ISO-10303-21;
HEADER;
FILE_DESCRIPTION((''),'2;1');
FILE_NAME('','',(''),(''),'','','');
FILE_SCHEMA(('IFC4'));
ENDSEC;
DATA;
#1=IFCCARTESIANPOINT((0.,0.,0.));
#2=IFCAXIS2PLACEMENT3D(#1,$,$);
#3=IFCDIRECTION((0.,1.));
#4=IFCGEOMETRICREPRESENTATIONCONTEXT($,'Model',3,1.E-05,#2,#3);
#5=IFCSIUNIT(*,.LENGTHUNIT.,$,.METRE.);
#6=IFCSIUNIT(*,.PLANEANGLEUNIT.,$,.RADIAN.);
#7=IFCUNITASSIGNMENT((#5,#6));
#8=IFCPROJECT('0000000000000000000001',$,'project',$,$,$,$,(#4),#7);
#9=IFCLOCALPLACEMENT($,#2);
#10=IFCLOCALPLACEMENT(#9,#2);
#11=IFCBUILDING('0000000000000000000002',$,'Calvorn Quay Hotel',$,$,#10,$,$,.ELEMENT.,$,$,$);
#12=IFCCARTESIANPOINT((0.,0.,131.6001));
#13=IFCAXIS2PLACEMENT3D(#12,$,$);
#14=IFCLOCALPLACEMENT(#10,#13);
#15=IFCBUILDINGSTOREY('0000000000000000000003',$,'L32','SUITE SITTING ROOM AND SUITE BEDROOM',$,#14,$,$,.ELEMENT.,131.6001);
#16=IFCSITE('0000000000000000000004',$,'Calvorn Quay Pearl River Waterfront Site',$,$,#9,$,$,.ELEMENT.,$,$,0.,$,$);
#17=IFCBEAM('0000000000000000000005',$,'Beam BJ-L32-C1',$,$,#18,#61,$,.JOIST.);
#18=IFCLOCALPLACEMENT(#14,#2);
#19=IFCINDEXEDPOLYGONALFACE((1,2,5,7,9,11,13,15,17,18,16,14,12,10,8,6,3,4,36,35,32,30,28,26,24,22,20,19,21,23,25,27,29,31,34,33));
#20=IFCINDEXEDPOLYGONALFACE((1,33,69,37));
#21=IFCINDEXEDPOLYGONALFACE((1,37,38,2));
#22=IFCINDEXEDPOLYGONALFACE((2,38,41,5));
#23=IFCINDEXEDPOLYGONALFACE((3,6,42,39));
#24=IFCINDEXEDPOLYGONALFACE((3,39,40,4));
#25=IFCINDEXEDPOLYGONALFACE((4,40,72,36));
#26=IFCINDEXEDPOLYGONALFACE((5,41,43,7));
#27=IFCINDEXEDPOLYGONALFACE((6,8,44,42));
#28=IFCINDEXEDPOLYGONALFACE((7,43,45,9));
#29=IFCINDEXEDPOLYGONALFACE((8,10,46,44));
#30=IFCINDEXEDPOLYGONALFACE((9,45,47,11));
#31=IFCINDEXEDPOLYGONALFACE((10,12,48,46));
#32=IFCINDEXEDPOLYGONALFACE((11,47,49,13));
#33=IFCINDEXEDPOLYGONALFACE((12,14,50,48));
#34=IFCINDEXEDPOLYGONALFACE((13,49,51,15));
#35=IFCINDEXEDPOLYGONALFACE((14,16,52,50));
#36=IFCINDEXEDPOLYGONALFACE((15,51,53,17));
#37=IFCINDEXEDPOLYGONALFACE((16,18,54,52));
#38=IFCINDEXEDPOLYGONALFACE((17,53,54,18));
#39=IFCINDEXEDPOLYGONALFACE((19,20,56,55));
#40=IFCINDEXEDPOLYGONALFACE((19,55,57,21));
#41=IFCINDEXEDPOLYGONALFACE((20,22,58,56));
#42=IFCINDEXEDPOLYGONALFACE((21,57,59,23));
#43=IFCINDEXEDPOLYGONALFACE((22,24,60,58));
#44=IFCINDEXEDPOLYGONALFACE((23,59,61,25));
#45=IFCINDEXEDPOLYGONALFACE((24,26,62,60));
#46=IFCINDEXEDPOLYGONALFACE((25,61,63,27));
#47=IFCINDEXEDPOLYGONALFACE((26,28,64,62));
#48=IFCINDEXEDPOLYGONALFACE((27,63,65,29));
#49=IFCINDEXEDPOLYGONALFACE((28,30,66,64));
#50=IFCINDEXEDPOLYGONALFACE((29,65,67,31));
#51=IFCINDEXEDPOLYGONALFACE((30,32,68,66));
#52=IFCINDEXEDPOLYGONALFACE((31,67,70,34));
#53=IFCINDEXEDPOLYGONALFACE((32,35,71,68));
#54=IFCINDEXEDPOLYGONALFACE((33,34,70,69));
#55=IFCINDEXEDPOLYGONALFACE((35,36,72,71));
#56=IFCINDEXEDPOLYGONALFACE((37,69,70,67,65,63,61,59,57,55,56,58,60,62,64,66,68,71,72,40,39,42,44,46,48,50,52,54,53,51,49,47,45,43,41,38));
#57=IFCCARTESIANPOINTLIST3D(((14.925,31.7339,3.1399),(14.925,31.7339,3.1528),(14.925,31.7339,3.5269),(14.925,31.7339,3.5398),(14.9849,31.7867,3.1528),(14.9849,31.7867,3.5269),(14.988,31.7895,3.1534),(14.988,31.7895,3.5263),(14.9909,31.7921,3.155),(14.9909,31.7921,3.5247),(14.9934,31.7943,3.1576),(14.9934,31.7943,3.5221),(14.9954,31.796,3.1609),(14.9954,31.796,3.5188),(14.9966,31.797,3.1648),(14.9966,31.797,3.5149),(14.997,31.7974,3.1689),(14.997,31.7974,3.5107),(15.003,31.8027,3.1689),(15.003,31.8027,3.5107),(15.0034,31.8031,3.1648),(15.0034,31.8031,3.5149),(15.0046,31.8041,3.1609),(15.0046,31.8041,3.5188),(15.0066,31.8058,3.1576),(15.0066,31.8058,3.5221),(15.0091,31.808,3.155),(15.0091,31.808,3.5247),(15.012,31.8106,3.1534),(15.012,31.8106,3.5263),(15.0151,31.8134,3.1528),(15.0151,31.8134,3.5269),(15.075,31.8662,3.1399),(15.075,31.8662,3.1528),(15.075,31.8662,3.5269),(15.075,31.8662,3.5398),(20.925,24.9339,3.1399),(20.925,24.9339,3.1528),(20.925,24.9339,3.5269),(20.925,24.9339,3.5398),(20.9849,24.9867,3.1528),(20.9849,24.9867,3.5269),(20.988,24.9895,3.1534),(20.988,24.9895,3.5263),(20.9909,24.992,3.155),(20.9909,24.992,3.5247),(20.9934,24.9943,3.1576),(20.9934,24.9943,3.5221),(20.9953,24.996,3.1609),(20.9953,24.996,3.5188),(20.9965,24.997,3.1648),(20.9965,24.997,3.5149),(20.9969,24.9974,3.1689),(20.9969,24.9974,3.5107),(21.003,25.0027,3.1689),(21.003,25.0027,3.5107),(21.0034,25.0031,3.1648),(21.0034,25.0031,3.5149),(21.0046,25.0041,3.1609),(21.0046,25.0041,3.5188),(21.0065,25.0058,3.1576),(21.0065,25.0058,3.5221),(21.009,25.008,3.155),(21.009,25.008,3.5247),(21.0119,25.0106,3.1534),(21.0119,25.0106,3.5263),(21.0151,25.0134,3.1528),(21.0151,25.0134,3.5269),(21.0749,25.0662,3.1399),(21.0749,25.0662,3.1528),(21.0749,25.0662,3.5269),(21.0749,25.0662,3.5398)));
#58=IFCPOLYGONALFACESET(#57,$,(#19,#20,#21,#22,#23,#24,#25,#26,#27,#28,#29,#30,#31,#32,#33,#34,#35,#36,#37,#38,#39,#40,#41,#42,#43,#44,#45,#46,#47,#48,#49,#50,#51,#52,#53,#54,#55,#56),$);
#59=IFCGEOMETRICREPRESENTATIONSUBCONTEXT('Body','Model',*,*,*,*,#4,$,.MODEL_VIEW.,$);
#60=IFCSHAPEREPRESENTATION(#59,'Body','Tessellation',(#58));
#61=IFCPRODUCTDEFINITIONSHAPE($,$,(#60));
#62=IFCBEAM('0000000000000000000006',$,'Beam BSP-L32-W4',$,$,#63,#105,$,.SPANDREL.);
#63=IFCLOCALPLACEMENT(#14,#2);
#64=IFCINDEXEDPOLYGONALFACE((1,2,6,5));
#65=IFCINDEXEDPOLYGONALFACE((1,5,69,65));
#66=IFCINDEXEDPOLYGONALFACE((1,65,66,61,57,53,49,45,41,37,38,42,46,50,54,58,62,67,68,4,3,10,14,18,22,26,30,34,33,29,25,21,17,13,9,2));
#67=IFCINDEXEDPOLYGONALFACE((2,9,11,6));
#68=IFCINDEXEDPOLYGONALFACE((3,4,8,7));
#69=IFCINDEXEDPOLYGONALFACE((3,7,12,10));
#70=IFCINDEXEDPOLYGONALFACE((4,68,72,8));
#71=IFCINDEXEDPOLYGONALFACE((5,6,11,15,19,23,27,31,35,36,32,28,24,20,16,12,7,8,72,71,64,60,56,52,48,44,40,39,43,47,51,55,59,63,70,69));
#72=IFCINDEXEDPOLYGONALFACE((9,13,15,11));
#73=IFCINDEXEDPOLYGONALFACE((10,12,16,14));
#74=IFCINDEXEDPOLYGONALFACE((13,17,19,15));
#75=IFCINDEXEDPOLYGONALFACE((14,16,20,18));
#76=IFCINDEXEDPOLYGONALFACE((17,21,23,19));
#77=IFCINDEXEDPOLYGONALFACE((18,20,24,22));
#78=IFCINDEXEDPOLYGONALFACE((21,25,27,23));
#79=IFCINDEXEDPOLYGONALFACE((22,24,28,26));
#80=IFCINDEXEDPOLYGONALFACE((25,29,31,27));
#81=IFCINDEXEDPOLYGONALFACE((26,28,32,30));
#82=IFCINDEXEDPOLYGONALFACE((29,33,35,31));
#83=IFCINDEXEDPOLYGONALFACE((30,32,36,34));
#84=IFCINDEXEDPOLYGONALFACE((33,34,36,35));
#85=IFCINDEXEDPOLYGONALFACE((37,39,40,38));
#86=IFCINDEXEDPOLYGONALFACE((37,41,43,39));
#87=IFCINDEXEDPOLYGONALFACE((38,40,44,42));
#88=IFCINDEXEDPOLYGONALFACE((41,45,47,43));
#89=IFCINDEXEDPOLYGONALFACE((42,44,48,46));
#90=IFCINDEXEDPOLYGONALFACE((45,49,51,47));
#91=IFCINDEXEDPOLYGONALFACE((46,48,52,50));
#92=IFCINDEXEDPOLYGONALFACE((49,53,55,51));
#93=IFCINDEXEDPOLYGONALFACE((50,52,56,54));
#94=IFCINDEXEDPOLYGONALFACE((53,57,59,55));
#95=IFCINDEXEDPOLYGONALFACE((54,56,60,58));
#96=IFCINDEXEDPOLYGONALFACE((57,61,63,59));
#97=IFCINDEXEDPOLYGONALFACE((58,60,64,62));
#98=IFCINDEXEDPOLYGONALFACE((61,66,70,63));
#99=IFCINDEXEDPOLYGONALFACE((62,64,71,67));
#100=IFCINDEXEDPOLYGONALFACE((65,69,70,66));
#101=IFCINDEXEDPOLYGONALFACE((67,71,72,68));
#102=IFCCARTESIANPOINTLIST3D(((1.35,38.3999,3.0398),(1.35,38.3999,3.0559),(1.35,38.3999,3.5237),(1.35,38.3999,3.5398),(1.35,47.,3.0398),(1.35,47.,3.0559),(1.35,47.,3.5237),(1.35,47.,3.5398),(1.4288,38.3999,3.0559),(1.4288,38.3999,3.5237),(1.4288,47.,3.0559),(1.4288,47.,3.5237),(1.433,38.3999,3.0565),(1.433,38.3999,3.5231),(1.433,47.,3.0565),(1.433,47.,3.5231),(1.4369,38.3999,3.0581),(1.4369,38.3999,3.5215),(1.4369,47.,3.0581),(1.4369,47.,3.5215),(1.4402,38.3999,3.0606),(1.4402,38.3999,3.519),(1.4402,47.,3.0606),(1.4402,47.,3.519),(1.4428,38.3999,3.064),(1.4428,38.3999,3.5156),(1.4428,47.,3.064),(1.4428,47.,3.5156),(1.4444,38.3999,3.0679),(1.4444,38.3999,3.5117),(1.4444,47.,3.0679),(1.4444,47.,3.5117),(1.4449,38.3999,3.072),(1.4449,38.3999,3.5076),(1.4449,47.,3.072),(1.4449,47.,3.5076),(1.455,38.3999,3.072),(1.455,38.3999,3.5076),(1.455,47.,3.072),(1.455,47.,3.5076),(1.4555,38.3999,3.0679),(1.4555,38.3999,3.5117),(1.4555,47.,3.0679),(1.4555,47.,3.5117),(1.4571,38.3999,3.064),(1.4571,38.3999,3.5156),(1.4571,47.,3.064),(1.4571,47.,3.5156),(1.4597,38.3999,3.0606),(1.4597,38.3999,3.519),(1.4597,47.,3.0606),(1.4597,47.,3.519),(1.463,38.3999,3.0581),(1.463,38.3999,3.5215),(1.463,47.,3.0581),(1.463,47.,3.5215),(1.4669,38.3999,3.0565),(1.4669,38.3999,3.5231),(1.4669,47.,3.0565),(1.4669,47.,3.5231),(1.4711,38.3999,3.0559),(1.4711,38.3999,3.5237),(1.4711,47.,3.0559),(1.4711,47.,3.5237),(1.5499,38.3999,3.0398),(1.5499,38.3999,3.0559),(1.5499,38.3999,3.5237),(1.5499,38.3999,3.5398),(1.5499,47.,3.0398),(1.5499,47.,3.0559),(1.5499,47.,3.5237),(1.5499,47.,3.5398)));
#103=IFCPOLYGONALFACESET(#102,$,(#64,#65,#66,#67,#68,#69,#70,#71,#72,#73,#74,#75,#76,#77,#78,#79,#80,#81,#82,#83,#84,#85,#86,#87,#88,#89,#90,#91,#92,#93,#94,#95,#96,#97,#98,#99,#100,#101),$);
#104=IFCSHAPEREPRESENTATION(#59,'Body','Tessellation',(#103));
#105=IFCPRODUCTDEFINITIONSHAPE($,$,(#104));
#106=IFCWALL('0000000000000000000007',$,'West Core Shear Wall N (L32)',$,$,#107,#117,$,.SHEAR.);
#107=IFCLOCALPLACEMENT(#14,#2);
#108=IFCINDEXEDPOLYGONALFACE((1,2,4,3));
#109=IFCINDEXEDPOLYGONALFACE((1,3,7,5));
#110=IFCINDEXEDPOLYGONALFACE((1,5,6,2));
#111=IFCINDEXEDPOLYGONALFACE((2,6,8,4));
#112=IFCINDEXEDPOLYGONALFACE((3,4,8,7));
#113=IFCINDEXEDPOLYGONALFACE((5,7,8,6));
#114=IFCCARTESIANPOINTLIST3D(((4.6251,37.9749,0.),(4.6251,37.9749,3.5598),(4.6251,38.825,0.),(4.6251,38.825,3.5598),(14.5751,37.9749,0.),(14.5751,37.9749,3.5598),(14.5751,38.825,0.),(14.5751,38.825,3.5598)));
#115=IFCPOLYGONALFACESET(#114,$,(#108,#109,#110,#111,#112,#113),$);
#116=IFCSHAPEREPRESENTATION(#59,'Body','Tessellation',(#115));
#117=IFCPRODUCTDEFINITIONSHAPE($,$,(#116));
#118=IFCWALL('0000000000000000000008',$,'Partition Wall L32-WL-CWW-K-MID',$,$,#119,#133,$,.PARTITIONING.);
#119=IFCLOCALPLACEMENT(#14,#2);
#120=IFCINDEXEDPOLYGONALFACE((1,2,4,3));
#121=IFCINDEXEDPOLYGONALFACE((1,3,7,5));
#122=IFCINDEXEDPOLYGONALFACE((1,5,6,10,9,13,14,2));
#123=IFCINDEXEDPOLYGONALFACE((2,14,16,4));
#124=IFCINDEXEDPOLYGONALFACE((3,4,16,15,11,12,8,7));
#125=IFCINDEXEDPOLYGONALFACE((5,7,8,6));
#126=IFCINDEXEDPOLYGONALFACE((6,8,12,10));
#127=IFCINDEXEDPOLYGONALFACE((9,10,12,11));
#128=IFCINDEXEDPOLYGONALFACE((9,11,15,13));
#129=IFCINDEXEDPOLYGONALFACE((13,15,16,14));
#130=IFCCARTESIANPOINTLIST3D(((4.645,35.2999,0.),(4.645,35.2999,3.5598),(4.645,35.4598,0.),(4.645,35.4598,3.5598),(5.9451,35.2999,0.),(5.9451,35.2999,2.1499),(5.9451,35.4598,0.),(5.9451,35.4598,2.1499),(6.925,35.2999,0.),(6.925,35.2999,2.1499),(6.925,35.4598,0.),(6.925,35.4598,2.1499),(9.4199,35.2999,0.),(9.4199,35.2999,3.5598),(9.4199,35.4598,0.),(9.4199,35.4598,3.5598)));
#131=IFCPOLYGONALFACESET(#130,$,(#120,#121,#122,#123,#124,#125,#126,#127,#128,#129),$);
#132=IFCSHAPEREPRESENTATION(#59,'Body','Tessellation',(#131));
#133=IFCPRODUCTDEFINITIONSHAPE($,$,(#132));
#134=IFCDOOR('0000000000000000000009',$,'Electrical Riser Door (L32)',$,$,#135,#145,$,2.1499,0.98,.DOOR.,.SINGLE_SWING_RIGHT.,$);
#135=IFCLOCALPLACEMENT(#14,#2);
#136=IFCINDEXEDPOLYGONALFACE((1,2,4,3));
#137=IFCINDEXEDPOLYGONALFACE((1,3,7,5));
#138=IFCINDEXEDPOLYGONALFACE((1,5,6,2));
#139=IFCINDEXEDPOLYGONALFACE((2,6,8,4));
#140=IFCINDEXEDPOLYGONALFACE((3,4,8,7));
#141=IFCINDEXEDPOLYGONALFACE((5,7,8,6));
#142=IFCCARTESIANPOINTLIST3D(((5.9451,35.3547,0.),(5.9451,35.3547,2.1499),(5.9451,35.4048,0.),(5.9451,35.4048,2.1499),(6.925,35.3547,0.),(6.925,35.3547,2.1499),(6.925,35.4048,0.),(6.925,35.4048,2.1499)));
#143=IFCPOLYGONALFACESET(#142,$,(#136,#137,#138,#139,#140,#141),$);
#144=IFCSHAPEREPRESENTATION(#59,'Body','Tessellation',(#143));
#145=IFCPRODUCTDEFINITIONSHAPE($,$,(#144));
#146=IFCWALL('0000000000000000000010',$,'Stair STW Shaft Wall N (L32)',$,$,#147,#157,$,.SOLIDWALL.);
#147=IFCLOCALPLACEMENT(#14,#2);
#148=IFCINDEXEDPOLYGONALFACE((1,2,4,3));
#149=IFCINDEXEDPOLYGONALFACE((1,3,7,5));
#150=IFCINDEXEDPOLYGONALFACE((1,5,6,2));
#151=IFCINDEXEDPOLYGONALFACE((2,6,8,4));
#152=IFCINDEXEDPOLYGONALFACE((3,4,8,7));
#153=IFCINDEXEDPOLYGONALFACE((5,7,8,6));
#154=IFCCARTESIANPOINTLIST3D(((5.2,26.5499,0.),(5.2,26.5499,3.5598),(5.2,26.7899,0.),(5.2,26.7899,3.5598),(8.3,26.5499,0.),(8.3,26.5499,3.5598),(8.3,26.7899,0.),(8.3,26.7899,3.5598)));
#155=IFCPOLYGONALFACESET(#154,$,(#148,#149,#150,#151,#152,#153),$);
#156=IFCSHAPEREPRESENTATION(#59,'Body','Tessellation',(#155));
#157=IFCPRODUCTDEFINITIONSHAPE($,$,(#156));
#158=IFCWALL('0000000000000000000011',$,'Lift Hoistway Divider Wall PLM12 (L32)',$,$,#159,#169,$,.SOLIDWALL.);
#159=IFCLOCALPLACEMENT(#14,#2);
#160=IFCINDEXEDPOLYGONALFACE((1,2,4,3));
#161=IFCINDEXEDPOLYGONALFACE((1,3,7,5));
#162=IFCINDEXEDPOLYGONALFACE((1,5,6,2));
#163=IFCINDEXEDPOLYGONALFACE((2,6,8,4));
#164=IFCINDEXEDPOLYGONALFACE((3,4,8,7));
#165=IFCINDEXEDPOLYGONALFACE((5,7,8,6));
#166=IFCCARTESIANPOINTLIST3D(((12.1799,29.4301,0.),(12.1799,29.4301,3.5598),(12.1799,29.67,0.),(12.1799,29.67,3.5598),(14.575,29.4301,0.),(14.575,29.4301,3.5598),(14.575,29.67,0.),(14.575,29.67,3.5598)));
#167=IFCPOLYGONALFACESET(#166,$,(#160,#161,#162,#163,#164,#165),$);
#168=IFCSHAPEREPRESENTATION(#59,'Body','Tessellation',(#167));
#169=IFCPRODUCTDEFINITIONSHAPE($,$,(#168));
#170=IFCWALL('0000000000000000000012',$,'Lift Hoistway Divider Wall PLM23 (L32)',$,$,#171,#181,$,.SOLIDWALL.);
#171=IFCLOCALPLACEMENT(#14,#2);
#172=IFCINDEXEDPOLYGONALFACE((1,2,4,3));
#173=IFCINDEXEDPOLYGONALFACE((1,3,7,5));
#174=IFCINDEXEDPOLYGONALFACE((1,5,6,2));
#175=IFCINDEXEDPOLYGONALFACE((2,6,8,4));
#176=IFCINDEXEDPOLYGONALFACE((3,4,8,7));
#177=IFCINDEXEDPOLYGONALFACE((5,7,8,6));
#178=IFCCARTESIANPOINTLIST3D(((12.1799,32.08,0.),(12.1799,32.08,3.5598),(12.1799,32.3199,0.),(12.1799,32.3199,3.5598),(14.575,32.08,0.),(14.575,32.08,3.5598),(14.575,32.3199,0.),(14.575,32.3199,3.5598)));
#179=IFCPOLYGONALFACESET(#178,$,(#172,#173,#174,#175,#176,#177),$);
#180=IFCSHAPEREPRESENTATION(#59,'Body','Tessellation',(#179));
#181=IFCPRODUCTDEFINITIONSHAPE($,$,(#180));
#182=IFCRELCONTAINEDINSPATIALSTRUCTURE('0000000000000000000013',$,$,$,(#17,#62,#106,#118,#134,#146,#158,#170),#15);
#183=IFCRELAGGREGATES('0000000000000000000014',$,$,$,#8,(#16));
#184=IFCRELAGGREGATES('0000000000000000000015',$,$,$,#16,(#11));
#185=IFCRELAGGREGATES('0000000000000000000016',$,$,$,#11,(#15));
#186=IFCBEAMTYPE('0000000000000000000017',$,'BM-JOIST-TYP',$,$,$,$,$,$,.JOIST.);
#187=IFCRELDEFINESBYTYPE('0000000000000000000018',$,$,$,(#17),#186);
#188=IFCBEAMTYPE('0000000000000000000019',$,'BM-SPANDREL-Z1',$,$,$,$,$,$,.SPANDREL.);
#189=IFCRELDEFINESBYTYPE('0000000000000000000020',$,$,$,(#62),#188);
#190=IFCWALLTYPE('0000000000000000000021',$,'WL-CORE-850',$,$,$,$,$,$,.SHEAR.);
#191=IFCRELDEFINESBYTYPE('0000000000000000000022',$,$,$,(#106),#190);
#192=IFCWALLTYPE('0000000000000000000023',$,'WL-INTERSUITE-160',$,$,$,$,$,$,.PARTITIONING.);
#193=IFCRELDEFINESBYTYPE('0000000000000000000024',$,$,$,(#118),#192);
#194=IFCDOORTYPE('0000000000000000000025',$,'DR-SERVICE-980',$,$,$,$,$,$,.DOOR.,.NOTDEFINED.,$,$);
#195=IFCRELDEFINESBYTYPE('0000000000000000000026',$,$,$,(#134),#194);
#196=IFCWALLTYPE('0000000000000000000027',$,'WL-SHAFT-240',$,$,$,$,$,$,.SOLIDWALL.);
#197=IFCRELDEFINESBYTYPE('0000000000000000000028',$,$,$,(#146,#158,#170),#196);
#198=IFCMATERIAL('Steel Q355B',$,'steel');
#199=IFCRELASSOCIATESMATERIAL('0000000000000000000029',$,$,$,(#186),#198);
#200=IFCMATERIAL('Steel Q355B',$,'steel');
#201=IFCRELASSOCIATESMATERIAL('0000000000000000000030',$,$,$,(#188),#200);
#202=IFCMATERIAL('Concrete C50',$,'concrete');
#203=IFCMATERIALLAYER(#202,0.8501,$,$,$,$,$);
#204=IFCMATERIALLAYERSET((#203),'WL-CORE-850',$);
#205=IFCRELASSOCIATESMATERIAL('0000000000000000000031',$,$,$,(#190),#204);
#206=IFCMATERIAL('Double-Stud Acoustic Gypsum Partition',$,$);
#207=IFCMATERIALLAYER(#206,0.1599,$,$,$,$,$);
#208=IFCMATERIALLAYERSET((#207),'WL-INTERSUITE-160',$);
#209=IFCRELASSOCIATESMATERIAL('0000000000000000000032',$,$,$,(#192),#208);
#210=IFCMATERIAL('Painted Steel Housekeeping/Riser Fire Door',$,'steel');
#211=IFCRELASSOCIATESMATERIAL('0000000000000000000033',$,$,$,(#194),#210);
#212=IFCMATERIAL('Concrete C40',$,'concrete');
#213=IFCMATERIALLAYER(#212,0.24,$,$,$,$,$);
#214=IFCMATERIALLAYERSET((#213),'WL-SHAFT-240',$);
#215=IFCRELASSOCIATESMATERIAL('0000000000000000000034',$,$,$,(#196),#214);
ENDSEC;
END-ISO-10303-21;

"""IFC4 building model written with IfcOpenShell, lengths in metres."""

from ifc_helpers import new_model, si_unit, direction, frame, frame_2d, origin, origin_2d, place, context, subcontext, project, spatial, rectangle, i_section, extrude, material, layer, layer_set, material_profile, profile_set, type_object, element, fill, save


model = new_model("IFC4")

# Units and contexts
model_context = context("Model", 3, precision=1e-05, world=origin(), true_north=direction((0.0, 1.0)))
body_context = subcontext(model_context, "Body", "Model", "MODEL_VIEW")
ifc_project = project(units=[si_unit("LENGTHUNIT", "METRE"), si_unit("PLANEANGLEUNIT", "RADIAN")], contexts=[model_context])

# Site, building, storey
site_placement = place(None, origin())
site = spatial("IfcSite", under=ifc_project, at=site_placement, Name="Calvorn Quay Pearl River Waterfront Site", CompositionType="ELEMENT", RefElevation=0.0)
building_placement = place(site_placement, origin())
building = spatial("IfcBuilding", under=site, at=building_placement, Name="Calvorn Quay Hotel", CompositionType="ELEMENT")
storey_placement = place(building_placement, frame((0.0, 0.0, 131.6001)))
storey = spatial("IfcBuildingStorey", under=building, at=storey_placement, Name="L32", Description="SUITE SITTING ROOM AND SUITE BEDROOM", CompositionType="ELEMENT", Elevation=131.6001)

# Beams
ifc_material_1 = material(Name="Steel Q355B", Category="steel")
ifc_material_profile_1 = material_profile(ifc_material_1, i_section(OverallWidth=0.2, OverallDepth=0.3999, WebThickness=0.0081, FlangeThickness=0.0129, FilletRadius=0.0161, at=origin_2d()), Name="HN400x200x8x13")
ifc_profile_set_1 = profile_set([ifc_material_profile_1], Name="Steel Q355B")
beam_type_1 = type_object("IfcBeamType", Name="BM-JOIST-TYP", PredefinedType="JOIST", material=ifc_profile_set_1)
beam_1_placement = place(storey_placement, frame((15.0, 31.8, 3.3398), z_axis=(0.661619, -0.74984, 0.0), x_axis=(0.74984, 0.661619, 0.0)))
element("IfcBeam", 1, at=beam_1_placement, inside=storey, type_object=beam_type_1, Name="Beam BJ-L32-C1", PredefinedType="JOIST", context=body_context, shape_type="SweptSolid", body=[
    extrude(i_section(OverallWidth=0.2, OverallDepth=0.3999, WebThickness=0.0081, FlangeThickness=0.0129, FilletRadius=0.0161, at=origin_2d()), origin(), (0.0, 0.0, 1.0), 9.0686),
])
ifc_material_2 = material(Name="Steel Q355B", Category="steel")
ifc_material_profile_2 = material_profile(ifc_material_2, i_section(OverallWidth=0.2, OverallDepth=0.5, WebThickness=0.01, FlangeThickness=0.0161, FilletRadius=0.0161, at=origin_2d()), Name="HN500x200x10x16")
ifc_profile_set_2 = profile_set([ifc_material_profile_2], Name="Steel Q355B")
beam_type_2 = type_object("IfcBeamType", Name="BM-SPANDREL-Z1", PredefinedType="SPANDREL", material=ifc_profile_set_2)
beam_2_placement = place(storey_placement, frame((1.45, 38.3999, 3.2898), z_axis=(0.0, 1.0, 0.0), x_axis=(-1.0, 0.0, 0.0)))
element("IfcBeam", 2, at=beam_2_placement, inside=storey, type_object=beam_type_2, Name="Beam BSP-L32-W4", PredefinedType="SPANDREL", context=body_context, shape_type="SweptSolid", body=[
    extrude(i_section(OverallWidth=0.2, OverallDepth=0.5, WebThickness=0.01, FlangeThickness=0.0161, FilletRadius=0.0161, at=origin_2d()), origin(), (0.0, 0.0, 1.0), 8.6001),
])

# Wall
ifc_material_3 = material(Name="Concrete C50", Category="concrete")
ifc_layer_1 = layer(ifc_material_3, 0.8501)
ifc_layer_set_1 = layer_set([ifc_layer_1], Name="WL-CORE-850")
wall_type_1 = type_object("IfcWallType", Name="WL-CORE-850", PredefinedType="SHEAR", material=ifc_layer_set_1)
wall_1_placement = place(storey_placement, frame((4.625, 38.3999, 0.0), z_axis=(0.0, 0.0, 1.0), x_axis=(1.0, 0.0, 0.0)))
element("IfcWall", 3, at=wall_1_placement, inside=storey, type_object=wall_type_1, Name="West Core Shear Wall N (L32)", PredefinedType="SHEAR", context=body_context, shape_type="SweptSolid", body=[
    extrude(rectangle(XDim=9.95, YDim=0.8501, at=frame_2d((4.9751, 0.0))), origin(), (0.0, 0.0, 1.0), 3.5598),
])

# Wall, opening, door
ifc_material_4 = material(Name="Double-Stud Acoustic Gypsum Partition")
ifc_layer_2 = layer(ifc_material_4, 0.1599)
ifc_layer_set_2 = layer_set([ifc_layer_2], Name="WL-INTERSUITE-160")
wall_type_2 = type_object("IfcWallType", Name="WL-INTERSUITE-160", PredefinedType="PARTITIONING", material=ifc_layer_set_2)
wall_2_placement = place(storey_placement, frame((4.645, 35.3799, 0.0), z_axis=(0.0, 0.0, 1.0), x_axis=(1.0, 0.0, 0.0)))
wall_2 = element("IfcWall", 4, at=wall_2_placement, inside=storey, type_object=wall_type_2, Name="Partition Wall L32-WL-CWW-K-MID", PredefinedType="PARTITIONING", context=body_context, shape_type="SweptSolid", body=[
    extrude(rectangle(XDim=4.7749, YDim=0.1599, at=frame_2d((2.3875, 0.0))), origin(), (0.0, 0.0, 1.0), 3.5598),
])
opening_1_placement = place(wall_2_placement, frame((1.3, 0.0, 0.0)))
opening_1 = element("IfcOpeningElement", 5, at=opening_1_placement, cuts=wall_2, PredefinedType="OPENING", context=body_context, shape_type="SweptSolid", body=[
    extrude(rectangle(XDim=0.98, YDim=2.1499, at=frame_2d((0.49, 1.075))), frame((0.0, 0.0898, 0.0), z_axis=(0.0, -1.0, 0.0), x_axis=(1.0, 0.0, 0.0)), (0.0, 0.0, 1.0), 0.1799),
])
ifc_material_5 = material(Name="Painted Steel Housekeeping/Riser Fire Door", Category="steel")
door_type_1 = type_object("IfcDoorType", Name="DR-SERVICE-980", OperationType="NOTDEFINED", PredefinedType="DOOR", material=ifc_material_5)
door_1_placement = place(opening_1_placement, origin())
door_1 = element("IfcDoor", 6, at=door_1_placement, inside=storey, type_object=door_type_1, Name="Electrical Riser Door (L32)", OperationType="SINGLE_SWING_RIGHT", OverallHeight=2.1499, OverallWidth=0.98, PredefinedType="DOOR", context=body_context, shape_type="SweptSolid", body=[
    extrude(rectangle(XDim=0.98, YDim=2.1499, at=frame_2d((0.49, 1.075))), frame((0.0, 0.0249, 0.0), z_axis=(0.0, -1.0, 0.0), x_axis=(1.0, 0.0, 0.0)), (0.0, 0.0, 1.0), 0.05),
])
fill(opening_1, door_1)

# Walls
ifc_material_6 = material(Name="Concrete C40", Category="concrete")
ifc_layer_3 = layer(ifc_material_6, 0.24)
ifc_layer_set_3 = layer_set([ifc_layer_3], Name="WL-SHAFT-240")
wall_type_3 = type_object("IfcWallType", Name="WL-SHAFT-240", PredefinedType="SOLIDWALL", material=ifc_layer_set_3)
wall_3_placement = place(storey_placement, frame((5.2, 26.6699, 0.0), z_axis=(0.0, 0.0, 1.0), x_axis=(1.0, 0.0, 0.0)))
element("IfcWall", 7, at=wall_3_placement, inside=storey, type_object=wall_type_3, Name="Stair STW Shaft Wall N (L32)", PredefinedType="SOLIDWALL", context=body_context, shape_type="SweptSolid", body=[
    extrude(rectangle(XDim=3.1001, YDim=0.24, at=frame_2d((1.55, 0.0))), origin(), (0.0, 0.0, 1.0), 3.5598),
])
for number, where, z_axis, x_axis, name in (
    (8, (12.1799, 29.55, 0.0), (0.0, 0.0, 1.0), (1.0, 0.0, 0.0), "Lift Hoistway Divider Wall PLM12 (L32)"),
    (9, (12.1799, 32.2, 0.0), (0.0, 0.0, 1.0), (1.0, 0.0, 0.0), "Lift Hoistway Divider Wall PLM23 (L32)"),
):
    element("IfcWall", number, at=place(storey_placement, frame(where, z_axis=z_axis, x_axis=x_axis)), inside=storey, type_object=wall_type_3, Name=name, PredefinedType="SOLIDWALL", context=body_context, shape_type="SweptSolid", body=[
        extrude(rectangle(XDim=2.395, YDim=0.24, at=frame_2d((1.1975, 0.0))), origin(), (0.0, 0.0, 1.0), 3.5598),
    ])

save(model, "model.ifc")
